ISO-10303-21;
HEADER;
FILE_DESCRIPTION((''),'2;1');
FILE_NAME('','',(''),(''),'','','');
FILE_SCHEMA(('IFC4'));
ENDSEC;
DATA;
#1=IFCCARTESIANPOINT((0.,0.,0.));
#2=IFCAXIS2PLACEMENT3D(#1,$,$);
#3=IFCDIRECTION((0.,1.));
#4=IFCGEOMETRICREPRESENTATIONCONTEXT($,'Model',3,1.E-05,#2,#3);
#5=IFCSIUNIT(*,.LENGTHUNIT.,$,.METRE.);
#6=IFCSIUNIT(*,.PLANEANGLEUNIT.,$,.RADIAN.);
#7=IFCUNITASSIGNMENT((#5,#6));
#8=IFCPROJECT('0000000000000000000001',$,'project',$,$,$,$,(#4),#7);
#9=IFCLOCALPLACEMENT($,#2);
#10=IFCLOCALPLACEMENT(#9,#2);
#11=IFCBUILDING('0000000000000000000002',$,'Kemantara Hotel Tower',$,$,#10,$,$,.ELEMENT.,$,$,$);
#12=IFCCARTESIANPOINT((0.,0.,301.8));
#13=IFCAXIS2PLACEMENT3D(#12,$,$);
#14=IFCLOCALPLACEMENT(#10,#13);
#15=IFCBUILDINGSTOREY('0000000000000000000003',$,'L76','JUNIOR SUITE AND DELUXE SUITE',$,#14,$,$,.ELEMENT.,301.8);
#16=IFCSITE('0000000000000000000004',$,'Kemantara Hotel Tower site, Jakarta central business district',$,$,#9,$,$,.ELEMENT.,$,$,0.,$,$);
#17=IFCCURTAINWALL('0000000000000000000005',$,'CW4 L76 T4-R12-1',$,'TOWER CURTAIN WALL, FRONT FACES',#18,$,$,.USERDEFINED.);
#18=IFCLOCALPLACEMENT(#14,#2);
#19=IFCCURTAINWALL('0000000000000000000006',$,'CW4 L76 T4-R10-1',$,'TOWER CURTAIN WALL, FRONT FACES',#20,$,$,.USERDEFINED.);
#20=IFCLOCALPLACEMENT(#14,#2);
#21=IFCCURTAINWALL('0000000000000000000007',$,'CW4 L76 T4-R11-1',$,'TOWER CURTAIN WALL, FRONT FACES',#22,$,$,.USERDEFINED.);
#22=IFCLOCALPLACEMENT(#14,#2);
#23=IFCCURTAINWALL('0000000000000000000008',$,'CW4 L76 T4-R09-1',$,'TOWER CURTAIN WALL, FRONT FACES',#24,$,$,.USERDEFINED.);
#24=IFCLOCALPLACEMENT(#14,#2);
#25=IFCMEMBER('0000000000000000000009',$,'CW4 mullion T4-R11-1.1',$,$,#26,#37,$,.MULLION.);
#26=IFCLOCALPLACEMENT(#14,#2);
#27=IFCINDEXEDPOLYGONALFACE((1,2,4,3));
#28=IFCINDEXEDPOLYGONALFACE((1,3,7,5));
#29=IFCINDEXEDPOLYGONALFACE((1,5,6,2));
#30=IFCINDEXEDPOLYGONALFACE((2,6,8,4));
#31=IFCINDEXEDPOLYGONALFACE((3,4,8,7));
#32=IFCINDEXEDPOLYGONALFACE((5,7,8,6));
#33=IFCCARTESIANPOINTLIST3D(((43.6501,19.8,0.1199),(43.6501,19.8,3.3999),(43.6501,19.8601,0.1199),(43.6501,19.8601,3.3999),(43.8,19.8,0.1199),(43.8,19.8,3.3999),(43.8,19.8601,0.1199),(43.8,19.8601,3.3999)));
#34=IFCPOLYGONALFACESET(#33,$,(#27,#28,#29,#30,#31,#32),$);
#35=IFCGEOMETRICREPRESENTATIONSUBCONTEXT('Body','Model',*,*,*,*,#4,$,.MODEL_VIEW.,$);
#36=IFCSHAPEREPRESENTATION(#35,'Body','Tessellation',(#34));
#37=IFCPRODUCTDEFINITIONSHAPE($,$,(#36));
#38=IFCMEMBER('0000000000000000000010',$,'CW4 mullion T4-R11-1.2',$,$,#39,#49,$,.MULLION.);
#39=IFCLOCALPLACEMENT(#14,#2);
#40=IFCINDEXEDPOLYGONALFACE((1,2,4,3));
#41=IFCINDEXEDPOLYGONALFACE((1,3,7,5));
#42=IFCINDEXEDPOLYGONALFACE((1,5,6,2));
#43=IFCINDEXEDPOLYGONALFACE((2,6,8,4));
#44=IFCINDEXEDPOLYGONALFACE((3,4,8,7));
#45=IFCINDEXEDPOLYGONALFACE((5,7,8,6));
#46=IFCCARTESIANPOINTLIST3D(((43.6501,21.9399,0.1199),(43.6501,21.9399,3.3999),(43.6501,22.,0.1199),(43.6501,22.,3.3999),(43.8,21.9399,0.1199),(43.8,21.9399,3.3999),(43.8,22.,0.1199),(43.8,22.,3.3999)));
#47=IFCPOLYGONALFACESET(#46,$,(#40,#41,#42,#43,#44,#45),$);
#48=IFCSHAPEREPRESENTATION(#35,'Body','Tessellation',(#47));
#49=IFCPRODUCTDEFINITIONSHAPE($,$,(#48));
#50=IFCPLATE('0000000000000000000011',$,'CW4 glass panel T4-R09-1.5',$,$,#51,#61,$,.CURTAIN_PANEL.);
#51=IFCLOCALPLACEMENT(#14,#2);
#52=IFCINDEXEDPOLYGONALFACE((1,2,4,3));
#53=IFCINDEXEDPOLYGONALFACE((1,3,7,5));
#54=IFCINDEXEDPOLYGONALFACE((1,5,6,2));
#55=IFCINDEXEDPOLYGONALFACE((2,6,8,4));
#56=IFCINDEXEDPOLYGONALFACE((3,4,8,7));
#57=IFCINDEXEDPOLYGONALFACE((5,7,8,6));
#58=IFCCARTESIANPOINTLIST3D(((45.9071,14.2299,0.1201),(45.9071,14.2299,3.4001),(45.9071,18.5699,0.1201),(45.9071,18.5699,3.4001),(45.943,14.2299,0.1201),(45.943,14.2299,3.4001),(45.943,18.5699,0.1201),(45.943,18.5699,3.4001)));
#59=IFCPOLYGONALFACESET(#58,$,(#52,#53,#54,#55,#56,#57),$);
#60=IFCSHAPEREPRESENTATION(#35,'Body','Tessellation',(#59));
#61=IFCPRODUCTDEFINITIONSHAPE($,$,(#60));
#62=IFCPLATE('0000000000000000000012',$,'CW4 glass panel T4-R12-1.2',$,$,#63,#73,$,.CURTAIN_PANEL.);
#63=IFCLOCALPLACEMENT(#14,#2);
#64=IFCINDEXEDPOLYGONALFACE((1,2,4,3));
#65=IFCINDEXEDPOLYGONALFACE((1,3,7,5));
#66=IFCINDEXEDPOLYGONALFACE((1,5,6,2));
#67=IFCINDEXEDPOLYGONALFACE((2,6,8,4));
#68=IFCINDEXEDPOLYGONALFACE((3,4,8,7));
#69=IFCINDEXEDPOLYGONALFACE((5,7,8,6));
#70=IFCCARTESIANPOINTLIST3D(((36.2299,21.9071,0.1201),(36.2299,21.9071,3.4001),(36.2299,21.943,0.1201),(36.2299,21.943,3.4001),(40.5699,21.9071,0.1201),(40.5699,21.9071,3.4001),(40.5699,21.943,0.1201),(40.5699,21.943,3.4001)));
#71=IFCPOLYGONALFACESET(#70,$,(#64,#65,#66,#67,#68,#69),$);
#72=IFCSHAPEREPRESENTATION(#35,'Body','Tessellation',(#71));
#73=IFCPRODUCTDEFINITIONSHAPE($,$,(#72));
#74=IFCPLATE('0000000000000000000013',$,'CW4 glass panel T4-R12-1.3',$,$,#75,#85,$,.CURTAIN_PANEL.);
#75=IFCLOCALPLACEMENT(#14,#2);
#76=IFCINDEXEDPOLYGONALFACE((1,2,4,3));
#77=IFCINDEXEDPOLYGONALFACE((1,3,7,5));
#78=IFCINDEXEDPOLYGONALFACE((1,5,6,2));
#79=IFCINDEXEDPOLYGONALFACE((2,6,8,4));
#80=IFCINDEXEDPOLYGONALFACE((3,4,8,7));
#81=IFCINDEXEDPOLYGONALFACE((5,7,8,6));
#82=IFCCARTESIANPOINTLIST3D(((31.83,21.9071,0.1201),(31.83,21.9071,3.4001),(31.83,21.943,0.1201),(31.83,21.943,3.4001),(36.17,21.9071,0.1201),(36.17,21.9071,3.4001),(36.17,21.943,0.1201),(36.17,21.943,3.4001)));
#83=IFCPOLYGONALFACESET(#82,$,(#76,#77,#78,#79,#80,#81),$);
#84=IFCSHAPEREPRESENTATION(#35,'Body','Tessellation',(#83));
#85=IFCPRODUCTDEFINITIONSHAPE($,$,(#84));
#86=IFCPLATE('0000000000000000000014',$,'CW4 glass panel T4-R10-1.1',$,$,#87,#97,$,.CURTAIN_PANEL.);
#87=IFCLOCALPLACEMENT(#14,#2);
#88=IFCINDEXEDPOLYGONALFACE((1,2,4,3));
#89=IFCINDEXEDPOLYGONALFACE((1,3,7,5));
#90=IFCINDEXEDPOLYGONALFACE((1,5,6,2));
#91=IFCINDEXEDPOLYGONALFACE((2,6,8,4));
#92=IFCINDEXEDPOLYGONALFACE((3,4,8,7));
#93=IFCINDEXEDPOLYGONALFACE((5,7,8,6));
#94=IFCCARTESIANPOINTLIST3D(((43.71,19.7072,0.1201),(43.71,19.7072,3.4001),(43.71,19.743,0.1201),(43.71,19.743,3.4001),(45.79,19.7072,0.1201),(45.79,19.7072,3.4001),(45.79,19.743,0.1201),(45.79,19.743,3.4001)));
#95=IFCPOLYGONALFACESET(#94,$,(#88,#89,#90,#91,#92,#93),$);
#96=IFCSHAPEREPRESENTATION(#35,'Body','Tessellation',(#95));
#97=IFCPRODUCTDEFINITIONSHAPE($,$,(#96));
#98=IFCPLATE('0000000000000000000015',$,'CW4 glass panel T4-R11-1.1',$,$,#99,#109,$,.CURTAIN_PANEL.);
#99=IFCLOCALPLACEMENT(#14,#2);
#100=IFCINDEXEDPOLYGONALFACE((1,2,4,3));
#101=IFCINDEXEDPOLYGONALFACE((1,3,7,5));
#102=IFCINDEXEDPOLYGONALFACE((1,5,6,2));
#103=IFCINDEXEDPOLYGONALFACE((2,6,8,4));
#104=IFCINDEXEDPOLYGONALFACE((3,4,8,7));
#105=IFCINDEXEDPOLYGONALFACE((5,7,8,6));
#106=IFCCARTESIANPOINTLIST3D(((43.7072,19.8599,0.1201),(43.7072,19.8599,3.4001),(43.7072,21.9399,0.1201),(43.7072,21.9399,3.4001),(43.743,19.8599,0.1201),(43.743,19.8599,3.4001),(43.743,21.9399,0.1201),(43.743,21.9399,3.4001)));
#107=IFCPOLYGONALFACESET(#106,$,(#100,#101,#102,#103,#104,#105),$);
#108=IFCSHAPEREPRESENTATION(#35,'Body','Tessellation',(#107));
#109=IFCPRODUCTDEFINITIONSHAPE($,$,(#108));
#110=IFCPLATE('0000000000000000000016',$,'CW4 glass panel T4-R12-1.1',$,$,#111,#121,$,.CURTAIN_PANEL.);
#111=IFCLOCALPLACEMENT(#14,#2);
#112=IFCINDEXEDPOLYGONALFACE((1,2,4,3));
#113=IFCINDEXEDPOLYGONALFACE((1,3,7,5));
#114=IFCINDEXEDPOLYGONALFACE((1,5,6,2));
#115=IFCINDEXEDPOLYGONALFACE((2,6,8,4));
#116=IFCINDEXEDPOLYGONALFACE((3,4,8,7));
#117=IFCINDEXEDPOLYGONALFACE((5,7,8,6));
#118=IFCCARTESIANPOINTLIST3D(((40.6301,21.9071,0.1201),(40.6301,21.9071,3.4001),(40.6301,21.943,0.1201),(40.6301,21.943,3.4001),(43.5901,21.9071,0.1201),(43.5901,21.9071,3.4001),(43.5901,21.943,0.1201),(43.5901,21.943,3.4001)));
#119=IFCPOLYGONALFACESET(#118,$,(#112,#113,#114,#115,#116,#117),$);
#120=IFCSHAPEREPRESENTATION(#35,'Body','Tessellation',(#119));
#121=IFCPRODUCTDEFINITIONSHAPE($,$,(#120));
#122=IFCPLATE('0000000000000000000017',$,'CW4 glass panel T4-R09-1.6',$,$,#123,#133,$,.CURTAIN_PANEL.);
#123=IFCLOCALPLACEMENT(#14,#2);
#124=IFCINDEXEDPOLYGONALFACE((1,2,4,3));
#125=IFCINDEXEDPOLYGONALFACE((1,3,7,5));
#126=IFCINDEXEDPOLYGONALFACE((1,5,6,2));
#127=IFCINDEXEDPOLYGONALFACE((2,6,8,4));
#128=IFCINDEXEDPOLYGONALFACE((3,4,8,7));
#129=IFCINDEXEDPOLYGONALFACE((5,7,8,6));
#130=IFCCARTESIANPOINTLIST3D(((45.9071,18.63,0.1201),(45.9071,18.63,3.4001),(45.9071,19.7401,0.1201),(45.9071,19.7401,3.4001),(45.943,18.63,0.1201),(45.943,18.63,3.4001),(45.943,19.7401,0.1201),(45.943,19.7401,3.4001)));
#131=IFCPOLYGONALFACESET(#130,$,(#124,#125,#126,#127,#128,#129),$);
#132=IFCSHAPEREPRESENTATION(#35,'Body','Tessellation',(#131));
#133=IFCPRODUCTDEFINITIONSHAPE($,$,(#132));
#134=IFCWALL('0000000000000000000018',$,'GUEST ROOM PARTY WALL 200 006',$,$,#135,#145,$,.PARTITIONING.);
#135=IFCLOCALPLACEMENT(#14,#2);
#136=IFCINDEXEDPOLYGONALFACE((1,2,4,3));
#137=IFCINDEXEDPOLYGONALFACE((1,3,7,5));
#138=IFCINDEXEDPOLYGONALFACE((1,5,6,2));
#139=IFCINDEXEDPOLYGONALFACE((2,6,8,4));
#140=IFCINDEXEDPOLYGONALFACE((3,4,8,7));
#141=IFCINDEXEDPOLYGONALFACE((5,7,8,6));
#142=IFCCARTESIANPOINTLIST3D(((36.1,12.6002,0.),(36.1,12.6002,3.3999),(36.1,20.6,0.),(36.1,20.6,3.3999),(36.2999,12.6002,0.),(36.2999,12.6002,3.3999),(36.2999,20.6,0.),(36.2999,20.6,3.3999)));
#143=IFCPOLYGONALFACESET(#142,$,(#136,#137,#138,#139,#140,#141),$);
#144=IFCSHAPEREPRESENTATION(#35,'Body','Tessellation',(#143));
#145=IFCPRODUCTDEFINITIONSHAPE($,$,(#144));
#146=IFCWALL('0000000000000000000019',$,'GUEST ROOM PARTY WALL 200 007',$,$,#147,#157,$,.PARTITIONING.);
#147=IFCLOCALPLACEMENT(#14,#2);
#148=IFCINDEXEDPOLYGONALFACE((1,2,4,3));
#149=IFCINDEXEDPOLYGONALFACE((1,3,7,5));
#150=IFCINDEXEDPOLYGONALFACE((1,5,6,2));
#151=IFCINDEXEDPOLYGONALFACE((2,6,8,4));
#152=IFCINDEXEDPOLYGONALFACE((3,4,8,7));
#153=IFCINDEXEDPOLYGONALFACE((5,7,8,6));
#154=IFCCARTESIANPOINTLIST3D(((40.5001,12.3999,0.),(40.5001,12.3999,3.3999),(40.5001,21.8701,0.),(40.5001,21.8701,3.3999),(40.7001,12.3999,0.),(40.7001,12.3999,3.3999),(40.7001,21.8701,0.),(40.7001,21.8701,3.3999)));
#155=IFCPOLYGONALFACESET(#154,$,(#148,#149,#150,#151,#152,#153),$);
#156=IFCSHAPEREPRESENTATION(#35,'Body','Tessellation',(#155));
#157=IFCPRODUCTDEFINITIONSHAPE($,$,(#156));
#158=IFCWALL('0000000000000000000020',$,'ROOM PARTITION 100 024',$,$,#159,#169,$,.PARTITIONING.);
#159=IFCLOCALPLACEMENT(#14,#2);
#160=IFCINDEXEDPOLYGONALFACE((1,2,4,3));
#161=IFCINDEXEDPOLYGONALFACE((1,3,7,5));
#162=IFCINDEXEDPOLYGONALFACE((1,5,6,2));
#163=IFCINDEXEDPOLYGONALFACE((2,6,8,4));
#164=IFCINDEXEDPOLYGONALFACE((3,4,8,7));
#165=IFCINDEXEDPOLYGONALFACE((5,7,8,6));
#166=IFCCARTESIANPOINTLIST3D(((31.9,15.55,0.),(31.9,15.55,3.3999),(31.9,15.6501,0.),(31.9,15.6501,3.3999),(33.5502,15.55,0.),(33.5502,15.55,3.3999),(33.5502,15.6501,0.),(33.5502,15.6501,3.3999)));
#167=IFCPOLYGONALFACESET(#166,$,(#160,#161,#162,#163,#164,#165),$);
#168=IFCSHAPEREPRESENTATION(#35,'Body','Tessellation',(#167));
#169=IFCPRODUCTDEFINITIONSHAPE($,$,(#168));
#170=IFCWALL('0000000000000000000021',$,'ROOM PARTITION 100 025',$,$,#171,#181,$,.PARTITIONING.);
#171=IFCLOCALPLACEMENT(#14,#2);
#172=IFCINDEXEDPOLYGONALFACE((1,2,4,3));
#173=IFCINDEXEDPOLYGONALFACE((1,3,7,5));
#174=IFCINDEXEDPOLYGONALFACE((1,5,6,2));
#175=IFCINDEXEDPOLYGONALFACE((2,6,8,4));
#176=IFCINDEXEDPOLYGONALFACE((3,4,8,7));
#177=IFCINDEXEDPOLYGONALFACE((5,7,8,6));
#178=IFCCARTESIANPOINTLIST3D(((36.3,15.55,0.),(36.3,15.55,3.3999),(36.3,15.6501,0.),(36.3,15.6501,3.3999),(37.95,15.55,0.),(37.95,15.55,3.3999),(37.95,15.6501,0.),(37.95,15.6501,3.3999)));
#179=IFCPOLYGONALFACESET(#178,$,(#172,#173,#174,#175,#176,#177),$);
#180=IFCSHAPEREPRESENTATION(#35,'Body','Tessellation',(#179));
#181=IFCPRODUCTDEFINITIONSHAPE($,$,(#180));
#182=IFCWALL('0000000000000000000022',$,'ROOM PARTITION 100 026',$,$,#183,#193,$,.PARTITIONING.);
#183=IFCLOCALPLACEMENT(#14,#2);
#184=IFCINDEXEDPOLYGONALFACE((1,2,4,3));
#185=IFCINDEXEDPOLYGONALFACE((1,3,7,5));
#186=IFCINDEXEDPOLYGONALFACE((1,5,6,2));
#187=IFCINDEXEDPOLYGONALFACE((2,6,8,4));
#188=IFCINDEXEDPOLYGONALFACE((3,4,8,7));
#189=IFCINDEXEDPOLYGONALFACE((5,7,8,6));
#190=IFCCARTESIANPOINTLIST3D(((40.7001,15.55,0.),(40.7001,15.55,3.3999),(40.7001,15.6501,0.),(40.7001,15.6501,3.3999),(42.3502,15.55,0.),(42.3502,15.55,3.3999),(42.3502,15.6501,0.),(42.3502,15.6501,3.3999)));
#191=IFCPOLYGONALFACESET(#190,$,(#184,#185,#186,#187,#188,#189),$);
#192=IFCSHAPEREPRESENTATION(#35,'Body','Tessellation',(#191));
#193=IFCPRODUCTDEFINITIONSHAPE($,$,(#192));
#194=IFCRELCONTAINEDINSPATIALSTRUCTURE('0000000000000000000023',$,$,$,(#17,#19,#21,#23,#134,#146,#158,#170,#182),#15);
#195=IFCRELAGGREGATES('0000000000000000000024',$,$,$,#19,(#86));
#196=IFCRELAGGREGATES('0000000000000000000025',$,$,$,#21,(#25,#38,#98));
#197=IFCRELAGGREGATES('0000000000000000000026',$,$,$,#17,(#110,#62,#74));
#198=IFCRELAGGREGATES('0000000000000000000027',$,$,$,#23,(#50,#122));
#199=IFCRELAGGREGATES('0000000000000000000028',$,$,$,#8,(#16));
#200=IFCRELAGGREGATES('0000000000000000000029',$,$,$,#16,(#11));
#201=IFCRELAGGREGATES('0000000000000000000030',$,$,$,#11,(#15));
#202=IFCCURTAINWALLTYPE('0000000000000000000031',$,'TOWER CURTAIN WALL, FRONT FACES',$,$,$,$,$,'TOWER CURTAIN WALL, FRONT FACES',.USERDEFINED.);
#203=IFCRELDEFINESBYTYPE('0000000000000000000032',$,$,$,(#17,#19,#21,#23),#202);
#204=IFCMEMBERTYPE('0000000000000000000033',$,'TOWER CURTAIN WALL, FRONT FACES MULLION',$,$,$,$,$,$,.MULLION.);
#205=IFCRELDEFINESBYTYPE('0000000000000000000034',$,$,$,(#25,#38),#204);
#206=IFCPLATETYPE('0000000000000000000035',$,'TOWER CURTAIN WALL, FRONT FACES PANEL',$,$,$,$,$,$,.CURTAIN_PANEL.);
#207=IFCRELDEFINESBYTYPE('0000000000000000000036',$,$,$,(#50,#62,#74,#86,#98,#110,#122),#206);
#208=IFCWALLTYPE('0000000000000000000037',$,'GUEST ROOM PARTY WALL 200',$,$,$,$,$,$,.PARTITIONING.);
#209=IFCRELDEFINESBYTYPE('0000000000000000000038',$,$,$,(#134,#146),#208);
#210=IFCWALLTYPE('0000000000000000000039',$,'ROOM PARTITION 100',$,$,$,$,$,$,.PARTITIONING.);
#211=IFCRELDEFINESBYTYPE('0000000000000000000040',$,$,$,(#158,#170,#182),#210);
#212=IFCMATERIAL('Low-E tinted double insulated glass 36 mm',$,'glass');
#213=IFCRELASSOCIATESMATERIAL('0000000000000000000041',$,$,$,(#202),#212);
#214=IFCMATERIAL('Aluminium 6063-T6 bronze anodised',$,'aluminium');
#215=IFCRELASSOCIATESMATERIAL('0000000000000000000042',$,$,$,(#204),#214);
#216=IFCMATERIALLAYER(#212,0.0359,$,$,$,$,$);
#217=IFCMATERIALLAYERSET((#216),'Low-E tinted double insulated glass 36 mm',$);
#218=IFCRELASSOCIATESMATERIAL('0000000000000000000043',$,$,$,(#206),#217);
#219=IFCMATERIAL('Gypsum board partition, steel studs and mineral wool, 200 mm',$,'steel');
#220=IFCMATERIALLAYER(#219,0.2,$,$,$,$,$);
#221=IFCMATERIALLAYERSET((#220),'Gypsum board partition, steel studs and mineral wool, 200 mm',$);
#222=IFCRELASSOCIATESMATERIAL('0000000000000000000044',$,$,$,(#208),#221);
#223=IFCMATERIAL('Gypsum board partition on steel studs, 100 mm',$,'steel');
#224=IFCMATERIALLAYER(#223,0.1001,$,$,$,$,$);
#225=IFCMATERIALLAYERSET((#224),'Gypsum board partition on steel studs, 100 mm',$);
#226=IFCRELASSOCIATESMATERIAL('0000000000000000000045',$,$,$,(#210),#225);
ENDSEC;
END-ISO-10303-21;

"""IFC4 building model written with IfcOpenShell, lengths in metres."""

from ifc_helpers import new_model, si_unit, direction, frame, frame_2d, origin, origin_2d, place, context, subcontext, project, spatial, rectangle, extrude, source, transform, mapped, material, layer, layer_set, material_profile, profile_set, type_object, element, aggregate, save


model = new_model("IFC4")

# Units and contexts
model_context = context("Model", 3, precision=1e-05, world=origin(), true_north=direction((0.0, 1.0)))
body_context = subcontext(model_context, "Body", "Model", "MODEL_VIEW")
ifc_project = project(units=[si_unit("LENGTHUNIT", "METRE"), si_unit("PLANEANGLEUNIT", "RADIAN")], contexts=[model_context])

# Site, building, storey
site_placement = place(None, origin())
site = spatial("IfcSite", under=ifc_project, at=site_placement, Name="Kemantara Hotel Tower site, Jakarta central business district", CompositionType="ELEMENT", RefElevation=0.0)
building_placement = place(site_placement, origin())
building = spatial("IfcBuilding", under=site, at=building_placement, Name="Kemantara Hotel Tower", CompositionType="ELEMENT")
storey_placement = place(building_placement, frame((0.0, 0.0, 301.8)))
storey = spatial("IfcBuildingStorey", under=building, at=storey_placement, Name="L76", Description="JUNIOR SUITE AND DELUXE SUITE", CompositionType="ELEMENT", Elevation=301.8)

# Curtain walls
ifc_material_1 = material(Name="Low-E tinted double insulated glass 36 mm", Category="glass")
curtain_wall_type = type_object("IfcCurtainWallType", Name="TOWER CURTAIN WALL, FRONT FACES", ElementType="TOWER CURTAIN WALL, FRONT FACES", PredefinedType="USERDEFINED", material=ifc_material_1)
curtain_wall_1_placement = place(storey_placement, origin())
curtain_wall_1 = element("IfcCurtainWall", 1, at=curtain_wall_1_placement, inside=storey, type_object=curtain_wall_type, Name="CW4 L76 T4-R12-1", ObjectType="TOWER CURTAIN WALL, FRONT FACES", PredefinedType="USERDEFINED")
ifc_material_2 = material(Name="Aluminium 6063-T6 bronze anodised", Category="aluminium")
curtain_wall_2_placement = place(storey_placement, origin())
curtain_wall_2 = element("IfcCurtainWall", 2, at=curtain_wall_2_placement, inside=storey, type_object=curtain_wall_type, Name="CW4 L76 T4-R10-1", ObjectType="TOWER CURTAIN WALL, FRONT FACES", PredefinedType="USERDEFINED")
curtain_wall_3_placement = place(storey_placement, origin())
curtain_wall_3 = element("IfcCurtainWall", 3, at=curtain_wall_3_placement, inside=storey, type_object=curtain_wall_type, Name="CW4 L76 T4-R11-1", ObjectType="TOWER CURTAIN WALL, FRONT FACES", PredefinedType="USERDEFINED")

# Curtain wall
curtain_wall_4_placement = place(storey_placement, origin())
curtain_wall_4 = element("IfcCurtainWall", 4, at=curtain_wall_4_placement, inside=storey, type_object=curtain_wall_type, Name="CW4 L76 T4-R09-1", ObjectType="TOWER CURTAIN WALL, FRONT FACES", PredefinedType="USERDEFINED")
ifc_material_profile_1 = material_profile(ifc_material_2, rectangle(XDim=0.1499, YDim=0.0601, at=origin_2d()), Name="TOWER CURTAIN WALL, FRONT FACES MULLION")
ifc_profile_set_1 = profile_set([ifc_material_profile_1], Name="Aluminium 6063-T6 bronze anodised")
member_type_1 = type_object("IfcMemberType", Name="TOWER CURTAIN WALL, FRONT FACES MULLION", PredefinedType="MULLION", material=ifc_profile_set_1)
shared_shape_1 = source(origin(), body_context, "Body", "SweptSolid", [
    extrude(rectangle(XDim=0.1499, YDim=0.0601, at=origin_2d()), origin(), (0.0, 0.0, 1.0), 3.28),
])

# Members
member_1_placement = place(storey_placement, frame((43.7251, 19.8301, 0.1199), z_axis=(0.0, 0.0, 1.0), x_axis=(-1.0, 0.0, 0.0)))
member_1 = element("IfcMember", 5, at=member_1_placement, type_object=member_type_1, Name="CW4 mullion T4-R11-1.1", PredefinedType="MULLION", context=body_context, shape_type="MappedRepresentation", body=[
    mapped(shared_shape_1, transform((0.0, 0.0, 0.0))),
])
member_2_placement = place(storey_placement, frame((43.7251, 21.97, 0.1199), z_axis=(0.0, 0.0, 1.0), x_axis=(-1.0, 0.0, 0.0)))
member_2 = element("IfcMember", 6, at=member_2_placement, type_object=member_type_1, Name="CW4 mullion T4-R11-1.2", PredefinedType="MULLION", context=body_context, shape_type="MappedRepresentation", body=[
    mapped(shared_shape_1, transform((0.0, 0.0, 0.0))),
])

# Plates
ifc_layer_1 = layer(ifc_material_1, 0.0359)
ifc_layer_set_1 = layer_set([ifc_layer_1], Name="Low-E tinted double insulated glass 36 mm")
plate_type = type_object("IfcPlateType", Name="TOWER CURTAIN WALL, FRONT FACES PANEL", PredefinedType="CURTAIN_PANEL", material=ifc_layer_set_1)
shared_shape_2 = source(origin(), body_context, "Body", "SweptSolid", [
    extrude(rectangle(XDim=4.3401, YDim=0.0359, at=origin_2d()), origin(), (0.0, 0.0, 1.0), 3.28),
])
plate_1_placement = place(storey_placement, frame((45.925, 16.3999, 0.1201), z_axis=(0.0, 0.0, 1.0), x_axis=(0.0, 1.0, 0.0)))
plate_1 = element("IfcPlate", 7, at=plate_1_placement, type_object=plate_type, Name="CW4 glass panel T4-R09-1.5", PredefinedType="CURTAIN_PANEL", context=body_context, shape_type="MappedRepresentation", body=[
    mapped(shared_shape_2, transform((0.0, 0.0, 0.0))),
])
plate_2_placement = place(storey_placement, frame((38.3999, 21.925, 0.1201), z_axis=(0.0, 0.0, 1.0), x_axis=(-1.0, 0.0, 0.0)))
plate_2 = element("IfcPlate", 8, at=plate_2_placement, type_object=plate_type, Name="CW4 glass panel T4-R12-1.2", PredefinedType="CURTAIN_PANEL", context=body_context, shape_type="MappedRepresentation", body=[
    mapped(shared_shape_2, transform((0.0, 0.0, 0.0))),
])
plate_3_placement = place(storey_placement, frame((34.0, 21.925, 0.1201), z_axis=(0.0, 0.0, 1.0), x_axis=(-1.0, 0.0, 0.0)))
plate_3 = element("IfcPlate", 9, at=plate_3_placement, type_object=plate_type, Name="CW4 glass panel T4-R12-1.3", PredefinedType="CURTAIN_PANEL", context=body_context, shape_type="MappedRepresentation", body=[
    mapped(shared_shape_2, transform((0.0, 0.0, 0.0))),
])
shared_shape_3 = source(origin(), body_context, "Body", "SweptSolid", [
    extrude(rectangle(XDim=2.0801, YDim=0.0359, at=origin_2d()), origin(), (0.0, 0.0, 1.0), 3.28),
])
plate_4_placement = place(storey_placement, frame((44.75, 19.7251, 0.1201), z_axis=(0.0, 0.0, 1.0), x_axis=(-1.0, 0.0, 0.0)))
plate_4 = element("IfcPlate", 10, at=plate_4_placement, type_object=plate_type, Name="CW4 glass panel T4-R10-1.1", PredefinedType="CURTAIN_PANEL", context=body_context, shape_type="MappedRepresentation", body=[
    mapped(shared_shape_3, transform((0.0, 0.0, 0.0))),
])
aggregate(curtain_wall_2, [plate_4])
plate_5_placement = place(storey_placement, frame((43.7251, 20.8999, 0.1201), z_axis=(0.0, 0.0, 1.0), x_axis=(0.0, 1.0, 0.0)))
plate_5 = element("IfcPlate", 11, at=plate_5_placement, type_object=plate_type, Name="CW4 glass panel T4-R11-1.1", PredefinedType="CURTAIN_PANEL", context=body_context, shape_type="MappedRepresentation", body=[
    mapped(shared_shape_3, transform((0.0, 0.0, 0.0))),
])
aggregate(curtain_wall_3, [member_1, member_2, plate_5])
shared_shape_4 = source(origin(), body_context, "Body", "SweptSolid", [
    extrude(rectangle(XDim=2.96, YDim=0.0359, at=origin_2d()), origin(), (0.0, 0.0, 1.0), 3.28),
])
plate_6_placement = place(storey_placement, frame((42.1101, 21.925, 0.1201), z_axis=(0.0, 0.0, 1.0), x_axis=(-1.0, 0.0, 0.0)))
plate_6 = element("IfcPlate", 12, at=plate_6_placement, type_object=plate_type, Name="CW4 glass panel T4-R12-1.1", PredefinedType="CURTAIN_PANEL", context=body_context, shape_type="MappedRepresentation", body=[
    mapped(shared_shape_4, transform((0.0, 0.0, 0.0))),
])
aggregate(curtain_wall_1, [plate_6, plate_2, plate_3])
shared_shape_5 = source(origin(), body_context, "Body", "SweptSolid", [
    extrude(rectangle(XDim=1.1101, YDim=0.0359, at=origin_2d()), origin(), (0.0, 0.0, 1.0), 3.28),
])
plate_7_placement = place(storey_placement, frame((45.925, 19.1851, 0.1201), z_axis=(0.0, 0.0, 1.0), x_axis=(0.0, 1.0, 0.0)))
plate_7 = element("IfcPlate", 13, at=plate_7_placement, type_object=plate_type, Name="CW4 glass panel T4-R09-1.6", PredefinedType="CURTAIN_PANEL", context=body_context, shape_type="MappedRepresentation", body=[
    mapped(shared_shape_5, transform((0.0, 0.0, 0.0))),
])
aggregate(curtain_wall_4, [plate_1, plate_7])

# Walls
ifc_material_3 = material(Name="Gypsum board partition, steel studs and mineral wool, 200 mm", Category="steel")
ifc_layer_2 = layer(ifc_material_3, 0.2)
ifc_layer_set_2 = layer_set([ifc_layer_2], Name="Gypsum board partition, steel studs and mineral wool, 200 mm")
wall_type_1 = type_object("IfcWallType", Name="GUEST ROOM PARTY WALL 200", PredefinedType="PARTITIONING", material=ifc_layer_set_2)
wall_1_placement = place(storey_placement, frame((36.2, 12.6001, 0.0), z_axis=(0.0, 0.0, 1.0), x_axis=(0.0, 1.0, 0.0)))
element("IfcWall", 14, at=wall_1_placement, inside=storey, type_object=wall_type_1, Name="GUEST ROOM PARTY WALL 200 006", PredefinedType="PARTITIONING", context=body_context, shape_type="SweptSolid", body=[
    extrude(rectangle(XDim=7.9998, YDim=0.2, at=frame_2d((4.0, 0.0))), origin(), (0.0, 0.0, 1.0), 3.3999),
])
wall_2_placement = place(storey_placement, frame((40.6001, 12.3999, 0.0), z_axis=(0.0, 0.0, 1.0), x_axis=(0.0, 1.0, 0.0)))
element("IfcWall", 15, at=wall_2_placement, inside=storey, type_object=wall_type_1, Name="GUEST ROOM PARTY WALL 200 007", PredefinedType="PARTITIONING", context=body_context, shape_type="SweptSolid", body=[
    extrude(rectangle(XDim=9.4702, YDim=0.2, at=frame_2d((4.7351, 0.0))), origin(), (0.0, 0.0, 1.0), 3.3999),
])
ifc_material_4 = material(Name="Gypsum board partition on steel studs, 100 mm", Category="steel")
ifc_layer_3 = layer(ifc_material_4, 0.1001)
ifc_layer_set_3 = layer_set([ifc_layer_3], Name="Gypsum board partition on steel studs, 100 mm")
wall_type_2 = type_object("IfcWallType", Name="ROOM PARTITION 100", PredefinedType="PARTITIONING", material=ifc_layer_set_3)
wall_3_placement = place(storey_placement, frame((31.8999, 15.6001, 0.0), z_axis=(0.0, 0.0, 1.0), x_axis=(1.0, 0.0, 0.0)))
element("IfcWall", 16, at=wall_3_placement, inside=storey, type_object=wall_type_2, Name="ROOM PARTITION 100 024", PredefinedType="PARTITIONING", context=body_context, shape_type="SweptSolid", body=[
    extrude(rectangle(XDim=1.6501, YDim=0.1001, at=frame_2d((0.8252, 0.0))), origin(), (0.0, 0.0, 1.0), 3.3999),
])
wall_4_placement = place(storey_placement, frame((36.3, 15.6001, 0.0), z_axis=(0.0, 0.0, 1.0), x_axis=(1.0, 0.0, 0.0)))
element("IfcWall", 17, at=wall_4_placement, inside=storey, type_object=wall_type_2, Name="ROOM PARTITION 100 025", PredefinedType="PARTITIONING", context=body_context, shape_type="SweptSolid", body=[
    extrude(rectangle(XDim=1.6499, YDim=0.1001, at=frame_2d((0.825, 0.0))), origin(), (0.0, 0.0, 1.0), 3.3999),
])
wall_5_placement = place(storey_placement, frame((40.7, 15.6001, 0.0), z_axis=(0.0, 0.0, 1.0), x_axis=(1.0, 0.0, 0.0)))
element("IfcWall", 18, at=wall_5_placement, inside=storey, type_object=wall_type_2, Name="ROOM PARTITION 100 026", PredefinedType="PARTITIONING", context=body_context, shape_type="SweptSolid", body=[
    extrude(rectangle(XDim=1.6501, YDim=0.1001, at=frame_2d((0.8252, 0.0))), origin(), (0.0, 0.0, 1.0), 3.3999),
])

save(model, "model.ifc")
